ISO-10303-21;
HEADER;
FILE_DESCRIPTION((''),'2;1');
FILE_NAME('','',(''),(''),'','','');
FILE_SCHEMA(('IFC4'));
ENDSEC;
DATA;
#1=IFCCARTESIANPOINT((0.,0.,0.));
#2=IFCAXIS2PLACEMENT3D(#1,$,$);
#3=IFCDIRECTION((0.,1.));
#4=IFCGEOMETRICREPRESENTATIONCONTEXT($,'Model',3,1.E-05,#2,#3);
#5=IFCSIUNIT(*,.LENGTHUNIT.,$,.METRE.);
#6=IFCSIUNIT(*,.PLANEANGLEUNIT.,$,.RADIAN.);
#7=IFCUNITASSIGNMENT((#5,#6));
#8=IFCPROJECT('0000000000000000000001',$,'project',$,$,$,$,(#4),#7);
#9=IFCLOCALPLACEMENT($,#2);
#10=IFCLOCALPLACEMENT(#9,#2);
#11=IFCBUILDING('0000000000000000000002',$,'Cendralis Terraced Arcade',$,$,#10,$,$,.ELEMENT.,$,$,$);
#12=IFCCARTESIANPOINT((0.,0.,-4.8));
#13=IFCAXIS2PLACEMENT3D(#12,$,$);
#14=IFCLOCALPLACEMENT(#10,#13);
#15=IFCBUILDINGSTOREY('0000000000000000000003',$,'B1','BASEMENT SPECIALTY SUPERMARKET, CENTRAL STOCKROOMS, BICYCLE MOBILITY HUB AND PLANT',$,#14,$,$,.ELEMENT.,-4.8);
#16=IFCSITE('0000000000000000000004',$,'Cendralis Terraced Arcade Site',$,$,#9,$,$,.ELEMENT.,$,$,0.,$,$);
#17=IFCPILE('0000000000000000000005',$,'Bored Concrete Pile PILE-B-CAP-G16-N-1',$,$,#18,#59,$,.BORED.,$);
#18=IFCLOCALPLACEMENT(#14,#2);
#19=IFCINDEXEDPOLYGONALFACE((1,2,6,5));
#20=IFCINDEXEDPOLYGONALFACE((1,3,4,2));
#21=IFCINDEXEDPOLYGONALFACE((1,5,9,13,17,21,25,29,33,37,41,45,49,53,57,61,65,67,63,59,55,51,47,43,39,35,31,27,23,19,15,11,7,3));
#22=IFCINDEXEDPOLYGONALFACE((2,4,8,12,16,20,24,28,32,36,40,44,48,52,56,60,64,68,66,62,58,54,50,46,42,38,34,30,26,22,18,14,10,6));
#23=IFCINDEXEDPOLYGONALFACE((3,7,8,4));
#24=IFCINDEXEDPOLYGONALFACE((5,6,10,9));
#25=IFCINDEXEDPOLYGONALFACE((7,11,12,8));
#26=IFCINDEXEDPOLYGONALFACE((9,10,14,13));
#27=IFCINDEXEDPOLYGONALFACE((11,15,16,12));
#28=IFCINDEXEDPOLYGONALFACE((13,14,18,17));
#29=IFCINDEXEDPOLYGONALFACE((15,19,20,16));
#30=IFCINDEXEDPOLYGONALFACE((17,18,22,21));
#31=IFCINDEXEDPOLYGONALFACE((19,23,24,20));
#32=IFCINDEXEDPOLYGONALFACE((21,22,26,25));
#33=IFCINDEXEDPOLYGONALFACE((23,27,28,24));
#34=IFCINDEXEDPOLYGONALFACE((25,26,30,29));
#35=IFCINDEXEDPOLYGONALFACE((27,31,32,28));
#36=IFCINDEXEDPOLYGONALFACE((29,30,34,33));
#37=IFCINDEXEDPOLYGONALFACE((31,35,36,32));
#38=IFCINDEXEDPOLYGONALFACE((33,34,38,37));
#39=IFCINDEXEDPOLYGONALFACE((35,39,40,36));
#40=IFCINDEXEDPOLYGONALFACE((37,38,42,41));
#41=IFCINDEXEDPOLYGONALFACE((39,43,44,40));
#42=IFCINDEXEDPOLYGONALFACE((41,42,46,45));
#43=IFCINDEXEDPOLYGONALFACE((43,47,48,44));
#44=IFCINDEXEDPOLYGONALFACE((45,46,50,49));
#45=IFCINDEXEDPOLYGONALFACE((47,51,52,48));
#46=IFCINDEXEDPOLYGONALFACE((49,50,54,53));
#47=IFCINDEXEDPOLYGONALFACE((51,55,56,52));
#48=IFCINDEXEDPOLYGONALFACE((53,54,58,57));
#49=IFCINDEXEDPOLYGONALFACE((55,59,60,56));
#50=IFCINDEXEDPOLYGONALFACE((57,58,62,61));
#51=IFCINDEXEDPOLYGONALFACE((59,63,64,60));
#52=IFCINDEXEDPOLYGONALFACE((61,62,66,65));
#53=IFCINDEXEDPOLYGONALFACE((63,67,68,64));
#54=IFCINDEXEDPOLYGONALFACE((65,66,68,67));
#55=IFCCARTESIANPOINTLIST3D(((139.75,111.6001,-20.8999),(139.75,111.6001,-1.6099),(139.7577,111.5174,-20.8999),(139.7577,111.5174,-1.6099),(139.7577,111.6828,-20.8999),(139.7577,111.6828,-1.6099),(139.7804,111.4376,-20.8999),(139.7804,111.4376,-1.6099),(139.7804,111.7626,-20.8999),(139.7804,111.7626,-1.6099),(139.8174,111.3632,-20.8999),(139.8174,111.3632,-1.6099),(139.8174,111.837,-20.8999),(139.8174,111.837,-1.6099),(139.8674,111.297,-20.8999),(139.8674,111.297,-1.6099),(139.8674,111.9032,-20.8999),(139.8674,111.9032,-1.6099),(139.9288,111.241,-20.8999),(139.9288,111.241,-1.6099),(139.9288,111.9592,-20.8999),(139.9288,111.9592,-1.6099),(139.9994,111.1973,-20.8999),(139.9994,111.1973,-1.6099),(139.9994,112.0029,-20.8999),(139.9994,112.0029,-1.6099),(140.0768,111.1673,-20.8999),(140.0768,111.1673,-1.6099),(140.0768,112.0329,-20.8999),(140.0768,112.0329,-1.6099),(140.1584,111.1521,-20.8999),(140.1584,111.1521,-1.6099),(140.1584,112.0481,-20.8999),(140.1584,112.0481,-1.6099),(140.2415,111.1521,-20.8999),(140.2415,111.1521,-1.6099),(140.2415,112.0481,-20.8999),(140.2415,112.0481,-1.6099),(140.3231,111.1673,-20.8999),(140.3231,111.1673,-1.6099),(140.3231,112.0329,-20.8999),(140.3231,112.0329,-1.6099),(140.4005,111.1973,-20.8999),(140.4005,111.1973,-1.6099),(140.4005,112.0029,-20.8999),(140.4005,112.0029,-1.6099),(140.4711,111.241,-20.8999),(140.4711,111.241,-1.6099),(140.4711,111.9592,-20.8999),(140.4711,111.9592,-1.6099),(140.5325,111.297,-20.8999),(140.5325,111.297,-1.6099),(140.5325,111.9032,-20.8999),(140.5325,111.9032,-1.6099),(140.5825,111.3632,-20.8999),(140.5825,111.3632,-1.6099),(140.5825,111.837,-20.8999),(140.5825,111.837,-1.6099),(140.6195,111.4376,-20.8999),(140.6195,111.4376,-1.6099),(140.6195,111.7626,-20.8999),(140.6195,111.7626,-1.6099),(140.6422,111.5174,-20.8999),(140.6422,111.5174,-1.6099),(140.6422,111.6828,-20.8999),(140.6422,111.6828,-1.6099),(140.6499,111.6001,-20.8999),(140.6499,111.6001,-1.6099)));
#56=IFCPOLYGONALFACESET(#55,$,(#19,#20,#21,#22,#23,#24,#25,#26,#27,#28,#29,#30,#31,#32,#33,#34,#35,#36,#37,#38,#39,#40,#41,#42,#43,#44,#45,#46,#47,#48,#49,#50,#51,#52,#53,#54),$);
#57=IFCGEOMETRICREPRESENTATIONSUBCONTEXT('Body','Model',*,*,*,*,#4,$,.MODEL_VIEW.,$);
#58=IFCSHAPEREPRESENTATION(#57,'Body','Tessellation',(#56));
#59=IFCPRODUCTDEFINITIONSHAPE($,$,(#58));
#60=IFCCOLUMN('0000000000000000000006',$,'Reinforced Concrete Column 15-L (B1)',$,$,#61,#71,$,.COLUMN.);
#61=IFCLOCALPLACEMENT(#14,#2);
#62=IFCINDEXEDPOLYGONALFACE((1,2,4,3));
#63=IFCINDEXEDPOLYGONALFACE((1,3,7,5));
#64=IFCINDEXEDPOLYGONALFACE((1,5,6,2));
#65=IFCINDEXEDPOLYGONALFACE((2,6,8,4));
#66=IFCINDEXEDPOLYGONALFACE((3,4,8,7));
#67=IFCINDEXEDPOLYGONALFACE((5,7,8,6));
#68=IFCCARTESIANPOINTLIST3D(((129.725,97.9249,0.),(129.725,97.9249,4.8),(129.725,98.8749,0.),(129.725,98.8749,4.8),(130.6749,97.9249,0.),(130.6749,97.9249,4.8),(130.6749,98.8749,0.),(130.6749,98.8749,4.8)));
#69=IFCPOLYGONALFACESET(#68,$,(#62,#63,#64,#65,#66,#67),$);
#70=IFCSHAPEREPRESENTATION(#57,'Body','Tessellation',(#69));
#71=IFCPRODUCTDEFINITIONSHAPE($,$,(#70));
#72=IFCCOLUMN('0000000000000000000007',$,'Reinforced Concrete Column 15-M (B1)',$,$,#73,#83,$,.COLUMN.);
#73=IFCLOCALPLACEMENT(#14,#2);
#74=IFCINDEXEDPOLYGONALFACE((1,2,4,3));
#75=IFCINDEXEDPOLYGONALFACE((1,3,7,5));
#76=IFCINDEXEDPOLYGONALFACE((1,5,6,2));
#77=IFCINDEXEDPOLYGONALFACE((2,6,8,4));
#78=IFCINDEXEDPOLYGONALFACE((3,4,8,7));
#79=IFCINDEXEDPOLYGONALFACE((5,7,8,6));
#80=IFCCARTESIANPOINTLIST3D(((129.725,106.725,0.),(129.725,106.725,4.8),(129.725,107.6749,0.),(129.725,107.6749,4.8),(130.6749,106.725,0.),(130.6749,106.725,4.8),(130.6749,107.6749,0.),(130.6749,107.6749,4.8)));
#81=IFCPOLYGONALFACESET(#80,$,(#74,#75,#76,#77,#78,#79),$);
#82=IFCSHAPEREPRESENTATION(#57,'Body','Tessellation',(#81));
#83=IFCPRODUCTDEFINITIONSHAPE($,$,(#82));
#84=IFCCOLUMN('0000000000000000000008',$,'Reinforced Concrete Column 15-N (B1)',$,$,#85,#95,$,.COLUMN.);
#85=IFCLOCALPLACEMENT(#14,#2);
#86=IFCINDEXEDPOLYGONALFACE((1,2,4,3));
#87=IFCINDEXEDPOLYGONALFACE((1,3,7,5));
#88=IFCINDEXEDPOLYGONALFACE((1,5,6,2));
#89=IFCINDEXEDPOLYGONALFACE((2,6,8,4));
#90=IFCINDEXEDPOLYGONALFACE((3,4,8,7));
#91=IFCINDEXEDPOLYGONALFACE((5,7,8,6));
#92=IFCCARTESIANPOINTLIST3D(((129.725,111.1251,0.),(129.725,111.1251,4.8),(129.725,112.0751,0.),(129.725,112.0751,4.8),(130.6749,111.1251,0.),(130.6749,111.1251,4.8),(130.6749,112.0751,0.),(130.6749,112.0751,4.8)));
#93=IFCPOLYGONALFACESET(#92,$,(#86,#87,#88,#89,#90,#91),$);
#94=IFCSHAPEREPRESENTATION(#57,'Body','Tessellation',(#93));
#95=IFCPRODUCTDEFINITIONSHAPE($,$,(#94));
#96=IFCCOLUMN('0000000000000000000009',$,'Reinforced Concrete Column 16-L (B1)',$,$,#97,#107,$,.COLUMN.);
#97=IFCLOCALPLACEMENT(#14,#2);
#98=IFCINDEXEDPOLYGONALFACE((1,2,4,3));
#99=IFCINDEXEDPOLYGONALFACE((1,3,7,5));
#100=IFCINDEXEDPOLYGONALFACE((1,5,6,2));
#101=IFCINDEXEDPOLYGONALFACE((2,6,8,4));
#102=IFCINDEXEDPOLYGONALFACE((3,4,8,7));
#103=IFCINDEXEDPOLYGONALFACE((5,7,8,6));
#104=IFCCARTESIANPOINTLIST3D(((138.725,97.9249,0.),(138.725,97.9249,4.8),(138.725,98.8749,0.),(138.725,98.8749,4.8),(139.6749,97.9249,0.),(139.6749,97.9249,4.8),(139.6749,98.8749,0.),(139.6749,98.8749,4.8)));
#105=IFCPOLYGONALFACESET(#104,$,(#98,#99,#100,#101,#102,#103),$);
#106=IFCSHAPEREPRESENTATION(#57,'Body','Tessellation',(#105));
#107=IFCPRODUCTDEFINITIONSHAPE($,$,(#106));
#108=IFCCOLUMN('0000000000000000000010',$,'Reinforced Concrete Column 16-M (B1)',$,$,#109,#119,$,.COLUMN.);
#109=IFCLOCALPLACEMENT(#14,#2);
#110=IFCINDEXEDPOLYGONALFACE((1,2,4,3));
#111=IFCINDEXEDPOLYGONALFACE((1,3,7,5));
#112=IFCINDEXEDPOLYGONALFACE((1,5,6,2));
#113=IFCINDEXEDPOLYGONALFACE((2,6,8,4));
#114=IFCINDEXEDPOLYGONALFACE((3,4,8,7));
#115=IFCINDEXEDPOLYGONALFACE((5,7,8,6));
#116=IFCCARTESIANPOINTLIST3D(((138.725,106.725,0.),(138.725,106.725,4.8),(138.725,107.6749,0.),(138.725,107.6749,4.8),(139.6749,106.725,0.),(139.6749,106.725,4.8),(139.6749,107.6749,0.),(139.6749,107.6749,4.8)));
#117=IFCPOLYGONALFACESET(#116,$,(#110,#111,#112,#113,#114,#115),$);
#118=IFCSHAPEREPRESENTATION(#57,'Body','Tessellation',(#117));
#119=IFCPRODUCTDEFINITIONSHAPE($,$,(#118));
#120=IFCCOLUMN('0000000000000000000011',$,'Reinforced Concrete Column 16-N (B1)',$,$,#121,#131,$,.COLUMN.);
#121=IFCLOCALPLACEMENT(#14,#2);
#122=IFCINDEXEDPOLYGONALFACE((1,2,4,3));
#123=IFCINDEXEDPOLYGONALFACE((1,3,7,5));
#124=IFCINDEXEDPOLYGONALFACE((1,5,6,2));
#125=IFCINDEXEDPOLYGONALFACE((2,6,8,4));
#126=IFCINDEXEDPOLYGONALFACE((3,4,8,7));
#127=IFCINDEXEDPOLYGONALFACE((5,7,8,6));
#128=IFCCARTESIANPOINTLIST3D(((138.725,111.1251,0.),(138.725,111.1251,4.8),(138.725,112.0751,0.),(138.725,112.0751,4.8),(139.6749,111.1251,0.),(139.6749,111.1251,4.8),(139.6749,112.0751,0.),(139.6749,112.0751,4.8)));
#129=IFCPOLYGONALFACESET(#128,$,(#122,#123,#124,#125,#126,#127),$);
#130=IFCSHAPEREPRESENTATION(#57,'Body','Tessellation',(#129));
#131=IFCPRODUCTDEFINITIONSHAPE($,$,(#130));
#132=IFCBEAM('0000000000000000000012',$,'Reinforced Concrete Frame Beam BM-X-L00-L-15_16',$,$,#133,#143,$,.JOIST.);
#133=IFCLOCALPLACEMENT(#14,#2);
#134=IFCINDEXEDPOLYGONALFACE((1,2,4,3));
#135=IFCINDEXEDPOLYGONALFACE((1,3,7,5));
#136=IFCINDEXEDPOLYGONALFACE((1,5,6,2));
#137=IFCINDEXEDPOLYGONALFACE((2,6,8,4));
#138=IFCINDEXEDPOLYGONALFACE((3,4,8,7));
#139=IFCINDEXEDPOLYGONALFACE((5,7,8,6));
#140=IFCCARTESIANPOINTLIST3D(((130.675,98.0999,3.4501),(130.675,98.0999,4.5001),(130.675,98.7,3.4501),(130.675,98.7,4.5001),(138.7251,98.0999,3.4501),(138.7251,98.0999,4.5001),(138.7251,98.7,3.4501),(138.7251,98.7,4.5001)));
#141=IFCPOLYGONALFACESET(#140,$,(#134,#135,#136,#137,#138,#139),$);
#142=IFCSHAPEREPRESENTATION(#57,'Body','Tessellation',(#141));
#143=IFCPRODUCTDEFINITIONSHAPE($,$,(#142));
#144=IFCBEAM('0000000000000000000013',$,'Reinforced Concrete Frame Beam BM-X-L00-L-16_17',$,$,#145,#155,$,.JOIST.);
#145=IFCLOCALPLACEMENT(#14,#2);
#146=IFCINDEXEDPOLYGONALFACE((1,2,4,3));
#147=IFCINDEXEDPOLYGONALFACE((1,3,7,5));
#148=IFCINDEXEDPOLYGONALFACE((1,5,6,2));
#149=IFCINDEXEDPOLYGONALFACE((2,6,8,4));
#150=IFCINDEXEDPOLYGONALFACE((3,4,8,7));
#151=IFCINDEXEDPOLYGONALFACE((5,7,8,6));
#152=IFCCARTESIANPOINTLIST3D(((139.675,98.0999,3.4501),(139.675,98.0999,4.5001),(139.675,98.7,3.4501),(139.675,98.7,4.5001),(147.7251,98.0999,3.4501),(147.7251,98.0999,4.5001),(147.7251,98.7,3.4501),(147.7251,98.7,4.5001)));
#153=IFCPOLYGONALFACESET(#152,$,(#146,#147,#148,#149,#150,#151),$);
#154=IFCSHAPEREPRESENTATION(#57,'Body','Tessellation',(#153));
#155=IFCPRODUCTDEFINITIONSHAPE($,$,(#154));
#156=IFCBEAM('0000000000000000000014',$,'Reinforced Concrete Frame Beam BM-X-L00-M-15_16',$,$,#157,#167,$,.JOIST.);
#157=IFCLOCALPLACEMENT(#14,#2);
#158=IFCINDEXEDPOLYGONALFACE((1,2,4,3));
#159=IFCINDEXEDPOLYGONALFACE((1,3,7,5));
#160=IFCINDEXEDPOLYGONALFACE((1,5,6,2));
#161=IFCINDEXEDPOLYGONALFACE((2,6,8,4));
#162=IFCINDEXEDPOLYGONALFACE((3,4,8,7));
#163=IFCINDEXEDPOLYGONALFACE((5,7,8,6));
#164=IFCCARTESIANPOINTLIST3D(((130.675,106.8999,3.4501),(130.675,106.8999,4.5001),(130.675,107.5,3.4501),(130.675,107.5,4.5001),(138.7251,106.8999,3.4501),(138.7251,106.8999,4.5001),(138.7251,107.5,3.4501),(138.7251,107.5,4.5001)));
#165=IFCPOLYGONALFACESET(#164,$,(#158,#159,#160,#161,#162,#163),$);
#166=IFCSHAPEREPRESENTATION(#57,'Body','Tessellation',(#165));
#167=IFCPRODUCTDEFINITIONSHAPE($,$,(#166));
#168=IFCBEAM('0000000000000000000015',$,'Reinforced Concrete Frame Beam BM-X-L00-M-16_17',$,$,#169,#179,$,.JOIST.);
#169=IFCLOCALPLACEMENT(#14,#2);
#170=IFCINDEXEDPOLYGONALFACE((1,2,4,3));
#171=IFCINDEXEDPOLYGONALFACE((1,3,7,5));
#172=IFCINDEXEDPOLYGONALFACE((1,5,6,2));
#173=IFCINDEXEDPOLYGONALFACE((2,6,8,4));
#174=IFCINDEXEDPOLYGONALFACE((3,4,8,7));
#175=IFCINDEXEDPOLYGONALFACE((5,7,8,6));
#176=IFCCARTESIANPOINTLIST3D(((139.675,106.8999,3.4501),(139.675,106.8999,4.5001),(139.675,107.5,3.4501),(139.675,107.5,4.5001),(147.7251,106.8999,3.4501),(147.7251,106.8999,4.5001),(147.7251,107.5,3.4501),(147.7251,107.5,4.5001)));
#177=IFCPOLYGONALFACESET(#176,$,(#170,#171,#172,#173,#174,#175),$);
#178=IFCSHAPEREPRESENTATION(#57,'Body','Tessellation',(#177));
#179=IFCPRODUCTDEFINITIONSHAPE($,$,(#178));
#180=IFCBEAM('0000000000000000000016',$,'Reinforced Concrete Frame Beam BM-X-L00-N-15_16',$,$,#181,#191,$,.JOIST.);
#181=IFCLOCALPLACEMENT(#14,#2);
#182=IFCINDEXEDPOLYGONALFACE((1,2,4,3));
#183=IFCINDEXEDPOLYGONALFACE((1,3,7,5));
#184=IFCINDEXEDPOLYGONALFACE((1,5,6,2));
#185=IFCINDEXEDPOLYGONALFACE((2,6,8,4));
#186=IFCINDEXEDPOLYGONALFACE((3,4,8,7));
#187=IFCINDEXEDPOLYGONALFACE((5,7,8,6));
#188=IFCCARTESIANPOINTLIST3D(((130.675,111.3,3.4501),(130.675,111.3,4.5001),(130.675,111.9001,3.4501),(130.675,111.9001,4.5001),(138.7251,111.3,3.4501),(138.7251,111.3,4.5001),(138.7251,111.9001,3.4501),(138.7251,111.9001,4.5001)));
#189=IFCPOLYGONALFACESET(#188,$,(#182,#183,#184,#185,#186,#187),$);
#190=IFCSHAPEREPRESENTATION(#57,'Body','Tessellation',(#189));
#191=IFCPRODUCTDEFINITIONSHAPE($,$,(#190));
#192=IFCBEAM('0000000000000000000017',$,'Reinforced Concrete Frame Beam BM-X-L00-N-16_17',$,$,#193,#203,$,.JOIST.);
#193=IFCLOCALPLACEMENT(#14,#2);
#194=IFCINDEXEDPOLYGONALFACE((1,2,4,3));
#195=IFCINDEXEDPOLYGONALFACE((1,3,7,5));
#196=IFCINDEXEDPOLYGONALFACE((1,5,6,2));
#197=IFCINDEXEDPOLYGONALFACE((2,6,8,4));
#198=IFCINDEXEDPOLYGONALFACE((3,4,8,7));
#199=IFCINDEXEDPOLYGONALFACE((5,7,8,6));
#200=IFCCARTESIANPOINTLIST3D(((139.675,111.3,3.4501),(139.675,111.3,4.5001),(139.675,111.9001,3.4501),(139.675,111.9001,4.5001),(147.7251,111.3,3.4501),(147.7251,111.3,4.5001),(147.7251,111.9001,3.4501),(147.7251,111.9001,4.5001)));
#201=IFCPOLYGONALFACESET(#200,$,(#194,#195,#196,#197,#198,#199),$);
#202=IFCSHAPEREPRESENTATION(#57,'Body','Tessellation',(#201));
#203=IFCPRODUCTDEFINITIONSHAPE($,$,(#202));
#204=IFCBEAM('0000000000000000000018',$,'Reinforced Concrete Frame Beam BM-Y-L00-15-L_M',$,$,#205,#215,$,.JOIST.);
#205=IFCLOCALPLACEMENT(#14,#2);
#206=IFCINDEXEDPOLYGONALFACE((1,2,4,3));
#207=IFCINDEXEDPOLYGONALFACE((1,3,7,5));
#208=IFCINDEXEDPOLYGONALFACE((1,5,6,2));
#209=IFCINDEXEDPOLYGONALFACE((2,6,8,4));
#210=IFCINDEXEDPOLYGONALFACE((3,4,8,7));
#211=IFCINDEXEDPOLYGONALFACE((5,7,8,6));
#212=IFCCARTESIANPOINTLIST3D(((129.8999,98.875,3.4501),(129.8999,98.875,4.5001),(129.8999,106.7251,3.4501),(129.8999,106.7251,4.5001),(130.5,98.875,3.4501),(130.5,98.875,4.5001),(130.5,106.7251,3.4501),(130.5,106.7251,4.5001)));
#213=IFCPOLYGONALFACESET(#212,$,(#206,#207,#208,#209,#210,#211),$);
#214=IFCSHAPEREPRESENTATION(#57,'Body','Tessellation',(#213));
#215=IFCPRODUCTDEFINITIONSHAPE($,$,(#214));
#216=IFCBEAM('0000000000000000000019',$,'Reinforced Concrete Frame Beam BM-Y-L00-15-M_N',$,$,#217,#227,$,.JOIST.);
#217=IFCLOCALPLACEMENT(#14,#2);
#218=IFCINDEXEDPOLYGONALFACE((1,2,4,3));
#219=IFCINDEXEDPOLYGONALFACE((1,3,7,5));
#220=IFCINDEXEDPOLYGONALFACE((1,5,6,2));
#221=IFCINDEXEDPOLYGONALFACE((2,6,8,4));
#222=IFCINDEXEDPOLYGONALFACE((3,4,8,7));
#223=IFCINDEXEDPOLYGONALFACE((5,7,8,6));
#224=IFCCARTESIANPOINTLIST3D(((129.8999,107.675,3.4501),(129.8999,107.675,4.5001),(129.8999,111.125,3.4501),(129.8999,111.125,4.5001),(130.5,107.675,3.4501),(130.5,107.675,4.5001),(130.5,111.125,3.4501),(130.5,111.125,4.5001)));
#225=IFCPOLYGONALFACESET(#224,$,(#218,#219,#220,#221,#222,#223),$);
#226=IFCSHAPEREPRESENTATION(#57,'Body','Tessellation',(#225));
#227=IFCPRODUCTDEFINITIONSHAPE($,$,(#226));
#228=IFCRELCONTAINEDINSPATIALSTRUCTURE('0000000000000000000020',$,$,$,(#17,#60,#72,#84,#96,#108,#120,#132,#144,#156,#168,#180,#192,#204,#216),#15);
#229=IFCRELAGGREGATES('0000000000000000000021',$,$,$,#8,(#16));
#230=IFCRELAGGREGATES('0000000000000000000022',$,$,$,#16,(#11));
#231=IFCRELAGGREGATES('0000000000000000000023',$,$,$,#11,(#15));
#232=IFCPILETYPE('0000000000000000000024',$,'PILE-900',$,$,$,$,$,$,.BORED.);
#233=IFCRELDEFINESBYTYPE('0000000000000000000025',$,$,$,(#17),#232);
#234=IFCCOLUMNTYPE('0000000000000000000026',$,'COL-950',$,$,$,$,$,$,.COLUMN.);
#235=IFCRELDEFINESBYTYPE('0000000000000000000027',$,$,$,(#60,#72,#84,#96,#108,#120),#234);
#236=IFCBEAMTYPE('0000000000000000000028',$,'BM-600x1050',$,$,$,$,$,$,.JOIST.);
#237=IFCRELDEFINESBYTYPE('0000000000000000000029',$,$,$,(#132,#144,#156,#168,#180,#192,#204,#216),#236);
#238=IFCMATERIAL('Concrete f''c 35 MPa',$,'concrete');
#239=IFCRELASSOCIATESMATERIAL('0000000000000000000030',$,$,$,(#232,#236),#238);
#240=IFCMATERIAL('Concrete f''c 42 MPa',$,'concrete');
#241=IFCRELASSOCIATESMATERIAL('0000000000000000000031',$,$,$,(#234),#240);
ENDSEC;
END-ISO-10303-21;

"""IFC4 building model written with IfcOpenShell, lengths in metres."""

from ifc_helpers import new_model, si_unit, direction, frame, origin, origin_2d, place, context, subcontext, project, spatial, rectangle, circle, extrude, material, material_profile, profile_set, type_object, element, save


model = new_model("IFC4")

# Units and contexts
model_context = context("Model", 3, precision=1e-05, world=origin(), true_north=direction((0.0, 1.0)))
body_context = subcontext(model_context, "Body", "Model", "MODEL_VIEW")
ifc_project = project(units=[si_unit("LENGTHUNIT", "METRE"), si_unit("PLANEANGLEUNIT", "RADIAN")], contexts=[model_context])

# Site, building, storey
site_placement = place(None, origin())
site = spatial("IfcSite", under=ifc_project, at=site_placement, Name="Cendralis Terraced Arcade Site", CompositionType="ELEMENT", RefElevation=0.0)
building_placement = place(site_placement, origin())
building = spatial("IfcBuilding", under=site, at=building_placement, Name="Cendralis Terraced Arcade", CompositionType="ELEMENT")
storey_placement = place(building_placement, frame((0.0, 0.0, -4.8)))
storey = spatial("IfcBuildingStorey", under=building, at=storey_placement, Name="B1", Description="BASEMENT SPECIALTY SUPERMARKET, CENTRAL STOCKROOMS, BICYCLE MOBILITY HUB AND PLANT", CompositionType="ELEMENT", Elevation=-4.8)

# Shared definitions
ifc_material_1 = material(Name="Concrete f'c 35 MPa", Category="concrete")

# Pile
ifc_material_profile_1 = material_profile(ifc_material_1, circle(Radius=0.45, at=origin_2d()), Name="PILE-D900", Category="LoadBearing")
ifc_profile_set_1 = profile_set([ifc_material_profile_1], Name="Concrete f'c 35 MPa")
pile_type_1 = type_object("IfcPileType", Name="PILE-900", PredefinedType="BORED", material=ifc_profile_set_1)
for number, where, z_axis, x_axis, name in (
    (1, (140.2, 111.6001, -1.6099), (0.0, 0.0, -1.0), (1.0, 0.0, 0.0), "Bored Concrete Pile PILE-B-CAP-G16-N-1"),
):
    element("IfcPile", number, at=place(storey_placement, frame(where, z_axis=z_axis, x_axis=x_axis)), inside=storey, type_object=pile_type_1, Name=name, PredefinedType="BORED", context=body_context, shape_type="SweptSolid", body=[
        extrude(circle(Radius=0.45, at=origin_2d()), origin(), (0.0, 0.0, 1.0), 19.29),
    ])

# Columns
ifc_material_2 = material(Name="Concrete f'c 42 MPa", Category="concrete")
ifc_material_profile_2 = material_profile(ifc_material_2, rectangle(XDim=0.95, YDim=0.95, at=origin_2d()), Name="RC-COL-950x950", Category="LoadBearing")
ifc_profile_set_2 = profile_set([ifc_material_profile_2], Name="Concrete f'c 42 MPa")
column_type = type_object("IfcColumnType", Name="COL-950", PredefinedType="COLUMN", material=ifc_profile_set_2)
for number, where, z_axis, x_axis, name in (
    (2, (130.2, 98.3999, 0.0), (0.0, 0.0, 1.0), (1.0, 0.0, 0.0), "Reinforced Concrete Column 15-L (B1)"),
    (3, (130.2, 107.2, 0.0), (0.0, 0.0, 1.0), (1.0, 0.0, 0.0), "Reinforced Concrete Column 15-M (B1)"),
    (4, (130.2, 111.6001, 0.0), (0.0, 0.0, 1.0), (1.0, 0.0, 0.0), "Reinforced Concrete Column 15-N (B1)"),
    (5, (139.2, 98.3999, 0.0), (0.0, 0.0, 1.0), (1.0, 0.0, 0.0), "Reinforced Concrete Column 16-L (B1)"),
    (6, (139.2, 107.2, 0.0), (0.0, 0.0, 1.0), (1.0, 0.0, 0.0), "Reinforced Concrete Column 16-M (B1)"),
    (7, (139.2, 111.6001, 0.0), (0.0, 0.0, 1.0), (1.0, 0.0, 0.0), "Reinforced Concrete Column 16-N (B1)"),
):
    element("IfcColumn", number, at=place(storey_placement, frame(where, z_axis=z_axis, x_axis=x_axis)), inside=storey, type_object=column_type, Name=name, PredefinedType="COLUMN", context=body_context, shape_type="SweptSolid", body=[
        extrude(rectangle(XDim=0.95, YDim=0.95, at=origin_2d()), origin(), (0.0, 0.0, 1.0), 4.8),
    ])

# Beams
ifc_material_profile_3 = material_profile(ifc_material_1, rectangle(XDim=0.6001, YDim=1.05, at=origin_2d()), Name="RC-BM-600x1050", Category="LoadBearing")
ifc_profile_set_3 = profile_set([ifc_material_profile_3], Name="Concrete f'c 35 MPa")
beam_type = type_object("IfcBeamType", Name="BM-600x1050", PredefinedType="JOIST", material=ifc_profile_set_3)
for number, where, z_axis, x_axis, name in (
    (8, (130.675, 98.3999, 3.9751), (1.0, 0.0, 0.0), (0.0, 1.0, 0.0), "Reinforced Concrete Frame Beam BM-X-L00-L-15_16"),
    (9, (139.675, 98.3999, 3.9751), (1.0, 0.0, 0.0), (0.0, 1.0, 0.0), "Reinforced Concrete Frame Beam BM-X-L00-L-16_17"),
    (10, (130.675, 107.2, 3.9751), (1.0, 0.0, 0.0), (0.0, 1.0, 0.0), "Reinforced Concrete Frame Beam BM-X-L00-M-15_16"),
    (11, (139.675, 107.2, 3.9751), (1.0, 0.0, 0.0), (0.0, 1.0, 0.0), "Reinforced Concrete Frame Beam BM-X-L00-M-16_17"),
    (12, (130.675, 111.6001, 3.9751), (1.0, 0.0, 0.0), (0.0, 1.0, 0.0), "Reinforced Concrete Frame Beam BM-X-L00-N-15_16"),
    (13, (139.675, 111.6001, 3.9751), (1.0, 0.0, 0.0), (0.0, 1.0, 0.0), "Reinforced Concrete Frame Beam BM-X-L00-N-16_17"),
):
    element("IfcBeam", number, at=place(storey_placement, frame(where, z_axis=z_axis, x_axis=x_axis)), inside=storey, type_object=beam_type, Name=name, PredefinedType="JOIST", context=body_context, shape_type="SweptSolid", body=[
        extrude(rectangle(XDim=0.6001, YDim=1.05, at=origin_2d()), origin(), (0.0, 0.0, 1.0), 8.05),
    ])
beam_1_placement = place(storey_placement, frame((130.2, 98.875, 3.9751), z_axis=(0.0, 1.0, 0.0), x_axis=(-1.0, 0.0, 0.0)))
element("IfcBeam", 14, at=beam_1_placement, inside=storey, type_object=beam_type, Name="Reinforced Concrete Frame Beam BM-Y-L00-15-L_M", PredefinedType="JOIST", context=body_context, shape_type="SweptSolid", body=[
    extrude(rectangle(XDim=0.6001, YDim=1.05, at=origin_2d()), origin(), (0.0, 0.0, 1.0), 7.8501),
])
beam_2_placement = place(storey_placement, frame((130.2, 107.675, 3.9751), z_axis=(0.0, 1.0, 0.0), x_axis=(-1.0, 0.0, 0.0)))
element("IfcBeam", 15, at=beam_2_placement, inside=storey, type_object=beam_type, Name="Reinforced Concrete Frame Beam BM-Y-L00-15-M_N", PredefinedType="JOIST", context=body_context, shape_type="SweptSolid", body=[
    extrude(rectangle(XDim=0.6001, YDim=1.05, at=origin_2d()), origin(), (0.0, 0.0, 1.0), 3.45),
])

save(model, "model.ifc")
